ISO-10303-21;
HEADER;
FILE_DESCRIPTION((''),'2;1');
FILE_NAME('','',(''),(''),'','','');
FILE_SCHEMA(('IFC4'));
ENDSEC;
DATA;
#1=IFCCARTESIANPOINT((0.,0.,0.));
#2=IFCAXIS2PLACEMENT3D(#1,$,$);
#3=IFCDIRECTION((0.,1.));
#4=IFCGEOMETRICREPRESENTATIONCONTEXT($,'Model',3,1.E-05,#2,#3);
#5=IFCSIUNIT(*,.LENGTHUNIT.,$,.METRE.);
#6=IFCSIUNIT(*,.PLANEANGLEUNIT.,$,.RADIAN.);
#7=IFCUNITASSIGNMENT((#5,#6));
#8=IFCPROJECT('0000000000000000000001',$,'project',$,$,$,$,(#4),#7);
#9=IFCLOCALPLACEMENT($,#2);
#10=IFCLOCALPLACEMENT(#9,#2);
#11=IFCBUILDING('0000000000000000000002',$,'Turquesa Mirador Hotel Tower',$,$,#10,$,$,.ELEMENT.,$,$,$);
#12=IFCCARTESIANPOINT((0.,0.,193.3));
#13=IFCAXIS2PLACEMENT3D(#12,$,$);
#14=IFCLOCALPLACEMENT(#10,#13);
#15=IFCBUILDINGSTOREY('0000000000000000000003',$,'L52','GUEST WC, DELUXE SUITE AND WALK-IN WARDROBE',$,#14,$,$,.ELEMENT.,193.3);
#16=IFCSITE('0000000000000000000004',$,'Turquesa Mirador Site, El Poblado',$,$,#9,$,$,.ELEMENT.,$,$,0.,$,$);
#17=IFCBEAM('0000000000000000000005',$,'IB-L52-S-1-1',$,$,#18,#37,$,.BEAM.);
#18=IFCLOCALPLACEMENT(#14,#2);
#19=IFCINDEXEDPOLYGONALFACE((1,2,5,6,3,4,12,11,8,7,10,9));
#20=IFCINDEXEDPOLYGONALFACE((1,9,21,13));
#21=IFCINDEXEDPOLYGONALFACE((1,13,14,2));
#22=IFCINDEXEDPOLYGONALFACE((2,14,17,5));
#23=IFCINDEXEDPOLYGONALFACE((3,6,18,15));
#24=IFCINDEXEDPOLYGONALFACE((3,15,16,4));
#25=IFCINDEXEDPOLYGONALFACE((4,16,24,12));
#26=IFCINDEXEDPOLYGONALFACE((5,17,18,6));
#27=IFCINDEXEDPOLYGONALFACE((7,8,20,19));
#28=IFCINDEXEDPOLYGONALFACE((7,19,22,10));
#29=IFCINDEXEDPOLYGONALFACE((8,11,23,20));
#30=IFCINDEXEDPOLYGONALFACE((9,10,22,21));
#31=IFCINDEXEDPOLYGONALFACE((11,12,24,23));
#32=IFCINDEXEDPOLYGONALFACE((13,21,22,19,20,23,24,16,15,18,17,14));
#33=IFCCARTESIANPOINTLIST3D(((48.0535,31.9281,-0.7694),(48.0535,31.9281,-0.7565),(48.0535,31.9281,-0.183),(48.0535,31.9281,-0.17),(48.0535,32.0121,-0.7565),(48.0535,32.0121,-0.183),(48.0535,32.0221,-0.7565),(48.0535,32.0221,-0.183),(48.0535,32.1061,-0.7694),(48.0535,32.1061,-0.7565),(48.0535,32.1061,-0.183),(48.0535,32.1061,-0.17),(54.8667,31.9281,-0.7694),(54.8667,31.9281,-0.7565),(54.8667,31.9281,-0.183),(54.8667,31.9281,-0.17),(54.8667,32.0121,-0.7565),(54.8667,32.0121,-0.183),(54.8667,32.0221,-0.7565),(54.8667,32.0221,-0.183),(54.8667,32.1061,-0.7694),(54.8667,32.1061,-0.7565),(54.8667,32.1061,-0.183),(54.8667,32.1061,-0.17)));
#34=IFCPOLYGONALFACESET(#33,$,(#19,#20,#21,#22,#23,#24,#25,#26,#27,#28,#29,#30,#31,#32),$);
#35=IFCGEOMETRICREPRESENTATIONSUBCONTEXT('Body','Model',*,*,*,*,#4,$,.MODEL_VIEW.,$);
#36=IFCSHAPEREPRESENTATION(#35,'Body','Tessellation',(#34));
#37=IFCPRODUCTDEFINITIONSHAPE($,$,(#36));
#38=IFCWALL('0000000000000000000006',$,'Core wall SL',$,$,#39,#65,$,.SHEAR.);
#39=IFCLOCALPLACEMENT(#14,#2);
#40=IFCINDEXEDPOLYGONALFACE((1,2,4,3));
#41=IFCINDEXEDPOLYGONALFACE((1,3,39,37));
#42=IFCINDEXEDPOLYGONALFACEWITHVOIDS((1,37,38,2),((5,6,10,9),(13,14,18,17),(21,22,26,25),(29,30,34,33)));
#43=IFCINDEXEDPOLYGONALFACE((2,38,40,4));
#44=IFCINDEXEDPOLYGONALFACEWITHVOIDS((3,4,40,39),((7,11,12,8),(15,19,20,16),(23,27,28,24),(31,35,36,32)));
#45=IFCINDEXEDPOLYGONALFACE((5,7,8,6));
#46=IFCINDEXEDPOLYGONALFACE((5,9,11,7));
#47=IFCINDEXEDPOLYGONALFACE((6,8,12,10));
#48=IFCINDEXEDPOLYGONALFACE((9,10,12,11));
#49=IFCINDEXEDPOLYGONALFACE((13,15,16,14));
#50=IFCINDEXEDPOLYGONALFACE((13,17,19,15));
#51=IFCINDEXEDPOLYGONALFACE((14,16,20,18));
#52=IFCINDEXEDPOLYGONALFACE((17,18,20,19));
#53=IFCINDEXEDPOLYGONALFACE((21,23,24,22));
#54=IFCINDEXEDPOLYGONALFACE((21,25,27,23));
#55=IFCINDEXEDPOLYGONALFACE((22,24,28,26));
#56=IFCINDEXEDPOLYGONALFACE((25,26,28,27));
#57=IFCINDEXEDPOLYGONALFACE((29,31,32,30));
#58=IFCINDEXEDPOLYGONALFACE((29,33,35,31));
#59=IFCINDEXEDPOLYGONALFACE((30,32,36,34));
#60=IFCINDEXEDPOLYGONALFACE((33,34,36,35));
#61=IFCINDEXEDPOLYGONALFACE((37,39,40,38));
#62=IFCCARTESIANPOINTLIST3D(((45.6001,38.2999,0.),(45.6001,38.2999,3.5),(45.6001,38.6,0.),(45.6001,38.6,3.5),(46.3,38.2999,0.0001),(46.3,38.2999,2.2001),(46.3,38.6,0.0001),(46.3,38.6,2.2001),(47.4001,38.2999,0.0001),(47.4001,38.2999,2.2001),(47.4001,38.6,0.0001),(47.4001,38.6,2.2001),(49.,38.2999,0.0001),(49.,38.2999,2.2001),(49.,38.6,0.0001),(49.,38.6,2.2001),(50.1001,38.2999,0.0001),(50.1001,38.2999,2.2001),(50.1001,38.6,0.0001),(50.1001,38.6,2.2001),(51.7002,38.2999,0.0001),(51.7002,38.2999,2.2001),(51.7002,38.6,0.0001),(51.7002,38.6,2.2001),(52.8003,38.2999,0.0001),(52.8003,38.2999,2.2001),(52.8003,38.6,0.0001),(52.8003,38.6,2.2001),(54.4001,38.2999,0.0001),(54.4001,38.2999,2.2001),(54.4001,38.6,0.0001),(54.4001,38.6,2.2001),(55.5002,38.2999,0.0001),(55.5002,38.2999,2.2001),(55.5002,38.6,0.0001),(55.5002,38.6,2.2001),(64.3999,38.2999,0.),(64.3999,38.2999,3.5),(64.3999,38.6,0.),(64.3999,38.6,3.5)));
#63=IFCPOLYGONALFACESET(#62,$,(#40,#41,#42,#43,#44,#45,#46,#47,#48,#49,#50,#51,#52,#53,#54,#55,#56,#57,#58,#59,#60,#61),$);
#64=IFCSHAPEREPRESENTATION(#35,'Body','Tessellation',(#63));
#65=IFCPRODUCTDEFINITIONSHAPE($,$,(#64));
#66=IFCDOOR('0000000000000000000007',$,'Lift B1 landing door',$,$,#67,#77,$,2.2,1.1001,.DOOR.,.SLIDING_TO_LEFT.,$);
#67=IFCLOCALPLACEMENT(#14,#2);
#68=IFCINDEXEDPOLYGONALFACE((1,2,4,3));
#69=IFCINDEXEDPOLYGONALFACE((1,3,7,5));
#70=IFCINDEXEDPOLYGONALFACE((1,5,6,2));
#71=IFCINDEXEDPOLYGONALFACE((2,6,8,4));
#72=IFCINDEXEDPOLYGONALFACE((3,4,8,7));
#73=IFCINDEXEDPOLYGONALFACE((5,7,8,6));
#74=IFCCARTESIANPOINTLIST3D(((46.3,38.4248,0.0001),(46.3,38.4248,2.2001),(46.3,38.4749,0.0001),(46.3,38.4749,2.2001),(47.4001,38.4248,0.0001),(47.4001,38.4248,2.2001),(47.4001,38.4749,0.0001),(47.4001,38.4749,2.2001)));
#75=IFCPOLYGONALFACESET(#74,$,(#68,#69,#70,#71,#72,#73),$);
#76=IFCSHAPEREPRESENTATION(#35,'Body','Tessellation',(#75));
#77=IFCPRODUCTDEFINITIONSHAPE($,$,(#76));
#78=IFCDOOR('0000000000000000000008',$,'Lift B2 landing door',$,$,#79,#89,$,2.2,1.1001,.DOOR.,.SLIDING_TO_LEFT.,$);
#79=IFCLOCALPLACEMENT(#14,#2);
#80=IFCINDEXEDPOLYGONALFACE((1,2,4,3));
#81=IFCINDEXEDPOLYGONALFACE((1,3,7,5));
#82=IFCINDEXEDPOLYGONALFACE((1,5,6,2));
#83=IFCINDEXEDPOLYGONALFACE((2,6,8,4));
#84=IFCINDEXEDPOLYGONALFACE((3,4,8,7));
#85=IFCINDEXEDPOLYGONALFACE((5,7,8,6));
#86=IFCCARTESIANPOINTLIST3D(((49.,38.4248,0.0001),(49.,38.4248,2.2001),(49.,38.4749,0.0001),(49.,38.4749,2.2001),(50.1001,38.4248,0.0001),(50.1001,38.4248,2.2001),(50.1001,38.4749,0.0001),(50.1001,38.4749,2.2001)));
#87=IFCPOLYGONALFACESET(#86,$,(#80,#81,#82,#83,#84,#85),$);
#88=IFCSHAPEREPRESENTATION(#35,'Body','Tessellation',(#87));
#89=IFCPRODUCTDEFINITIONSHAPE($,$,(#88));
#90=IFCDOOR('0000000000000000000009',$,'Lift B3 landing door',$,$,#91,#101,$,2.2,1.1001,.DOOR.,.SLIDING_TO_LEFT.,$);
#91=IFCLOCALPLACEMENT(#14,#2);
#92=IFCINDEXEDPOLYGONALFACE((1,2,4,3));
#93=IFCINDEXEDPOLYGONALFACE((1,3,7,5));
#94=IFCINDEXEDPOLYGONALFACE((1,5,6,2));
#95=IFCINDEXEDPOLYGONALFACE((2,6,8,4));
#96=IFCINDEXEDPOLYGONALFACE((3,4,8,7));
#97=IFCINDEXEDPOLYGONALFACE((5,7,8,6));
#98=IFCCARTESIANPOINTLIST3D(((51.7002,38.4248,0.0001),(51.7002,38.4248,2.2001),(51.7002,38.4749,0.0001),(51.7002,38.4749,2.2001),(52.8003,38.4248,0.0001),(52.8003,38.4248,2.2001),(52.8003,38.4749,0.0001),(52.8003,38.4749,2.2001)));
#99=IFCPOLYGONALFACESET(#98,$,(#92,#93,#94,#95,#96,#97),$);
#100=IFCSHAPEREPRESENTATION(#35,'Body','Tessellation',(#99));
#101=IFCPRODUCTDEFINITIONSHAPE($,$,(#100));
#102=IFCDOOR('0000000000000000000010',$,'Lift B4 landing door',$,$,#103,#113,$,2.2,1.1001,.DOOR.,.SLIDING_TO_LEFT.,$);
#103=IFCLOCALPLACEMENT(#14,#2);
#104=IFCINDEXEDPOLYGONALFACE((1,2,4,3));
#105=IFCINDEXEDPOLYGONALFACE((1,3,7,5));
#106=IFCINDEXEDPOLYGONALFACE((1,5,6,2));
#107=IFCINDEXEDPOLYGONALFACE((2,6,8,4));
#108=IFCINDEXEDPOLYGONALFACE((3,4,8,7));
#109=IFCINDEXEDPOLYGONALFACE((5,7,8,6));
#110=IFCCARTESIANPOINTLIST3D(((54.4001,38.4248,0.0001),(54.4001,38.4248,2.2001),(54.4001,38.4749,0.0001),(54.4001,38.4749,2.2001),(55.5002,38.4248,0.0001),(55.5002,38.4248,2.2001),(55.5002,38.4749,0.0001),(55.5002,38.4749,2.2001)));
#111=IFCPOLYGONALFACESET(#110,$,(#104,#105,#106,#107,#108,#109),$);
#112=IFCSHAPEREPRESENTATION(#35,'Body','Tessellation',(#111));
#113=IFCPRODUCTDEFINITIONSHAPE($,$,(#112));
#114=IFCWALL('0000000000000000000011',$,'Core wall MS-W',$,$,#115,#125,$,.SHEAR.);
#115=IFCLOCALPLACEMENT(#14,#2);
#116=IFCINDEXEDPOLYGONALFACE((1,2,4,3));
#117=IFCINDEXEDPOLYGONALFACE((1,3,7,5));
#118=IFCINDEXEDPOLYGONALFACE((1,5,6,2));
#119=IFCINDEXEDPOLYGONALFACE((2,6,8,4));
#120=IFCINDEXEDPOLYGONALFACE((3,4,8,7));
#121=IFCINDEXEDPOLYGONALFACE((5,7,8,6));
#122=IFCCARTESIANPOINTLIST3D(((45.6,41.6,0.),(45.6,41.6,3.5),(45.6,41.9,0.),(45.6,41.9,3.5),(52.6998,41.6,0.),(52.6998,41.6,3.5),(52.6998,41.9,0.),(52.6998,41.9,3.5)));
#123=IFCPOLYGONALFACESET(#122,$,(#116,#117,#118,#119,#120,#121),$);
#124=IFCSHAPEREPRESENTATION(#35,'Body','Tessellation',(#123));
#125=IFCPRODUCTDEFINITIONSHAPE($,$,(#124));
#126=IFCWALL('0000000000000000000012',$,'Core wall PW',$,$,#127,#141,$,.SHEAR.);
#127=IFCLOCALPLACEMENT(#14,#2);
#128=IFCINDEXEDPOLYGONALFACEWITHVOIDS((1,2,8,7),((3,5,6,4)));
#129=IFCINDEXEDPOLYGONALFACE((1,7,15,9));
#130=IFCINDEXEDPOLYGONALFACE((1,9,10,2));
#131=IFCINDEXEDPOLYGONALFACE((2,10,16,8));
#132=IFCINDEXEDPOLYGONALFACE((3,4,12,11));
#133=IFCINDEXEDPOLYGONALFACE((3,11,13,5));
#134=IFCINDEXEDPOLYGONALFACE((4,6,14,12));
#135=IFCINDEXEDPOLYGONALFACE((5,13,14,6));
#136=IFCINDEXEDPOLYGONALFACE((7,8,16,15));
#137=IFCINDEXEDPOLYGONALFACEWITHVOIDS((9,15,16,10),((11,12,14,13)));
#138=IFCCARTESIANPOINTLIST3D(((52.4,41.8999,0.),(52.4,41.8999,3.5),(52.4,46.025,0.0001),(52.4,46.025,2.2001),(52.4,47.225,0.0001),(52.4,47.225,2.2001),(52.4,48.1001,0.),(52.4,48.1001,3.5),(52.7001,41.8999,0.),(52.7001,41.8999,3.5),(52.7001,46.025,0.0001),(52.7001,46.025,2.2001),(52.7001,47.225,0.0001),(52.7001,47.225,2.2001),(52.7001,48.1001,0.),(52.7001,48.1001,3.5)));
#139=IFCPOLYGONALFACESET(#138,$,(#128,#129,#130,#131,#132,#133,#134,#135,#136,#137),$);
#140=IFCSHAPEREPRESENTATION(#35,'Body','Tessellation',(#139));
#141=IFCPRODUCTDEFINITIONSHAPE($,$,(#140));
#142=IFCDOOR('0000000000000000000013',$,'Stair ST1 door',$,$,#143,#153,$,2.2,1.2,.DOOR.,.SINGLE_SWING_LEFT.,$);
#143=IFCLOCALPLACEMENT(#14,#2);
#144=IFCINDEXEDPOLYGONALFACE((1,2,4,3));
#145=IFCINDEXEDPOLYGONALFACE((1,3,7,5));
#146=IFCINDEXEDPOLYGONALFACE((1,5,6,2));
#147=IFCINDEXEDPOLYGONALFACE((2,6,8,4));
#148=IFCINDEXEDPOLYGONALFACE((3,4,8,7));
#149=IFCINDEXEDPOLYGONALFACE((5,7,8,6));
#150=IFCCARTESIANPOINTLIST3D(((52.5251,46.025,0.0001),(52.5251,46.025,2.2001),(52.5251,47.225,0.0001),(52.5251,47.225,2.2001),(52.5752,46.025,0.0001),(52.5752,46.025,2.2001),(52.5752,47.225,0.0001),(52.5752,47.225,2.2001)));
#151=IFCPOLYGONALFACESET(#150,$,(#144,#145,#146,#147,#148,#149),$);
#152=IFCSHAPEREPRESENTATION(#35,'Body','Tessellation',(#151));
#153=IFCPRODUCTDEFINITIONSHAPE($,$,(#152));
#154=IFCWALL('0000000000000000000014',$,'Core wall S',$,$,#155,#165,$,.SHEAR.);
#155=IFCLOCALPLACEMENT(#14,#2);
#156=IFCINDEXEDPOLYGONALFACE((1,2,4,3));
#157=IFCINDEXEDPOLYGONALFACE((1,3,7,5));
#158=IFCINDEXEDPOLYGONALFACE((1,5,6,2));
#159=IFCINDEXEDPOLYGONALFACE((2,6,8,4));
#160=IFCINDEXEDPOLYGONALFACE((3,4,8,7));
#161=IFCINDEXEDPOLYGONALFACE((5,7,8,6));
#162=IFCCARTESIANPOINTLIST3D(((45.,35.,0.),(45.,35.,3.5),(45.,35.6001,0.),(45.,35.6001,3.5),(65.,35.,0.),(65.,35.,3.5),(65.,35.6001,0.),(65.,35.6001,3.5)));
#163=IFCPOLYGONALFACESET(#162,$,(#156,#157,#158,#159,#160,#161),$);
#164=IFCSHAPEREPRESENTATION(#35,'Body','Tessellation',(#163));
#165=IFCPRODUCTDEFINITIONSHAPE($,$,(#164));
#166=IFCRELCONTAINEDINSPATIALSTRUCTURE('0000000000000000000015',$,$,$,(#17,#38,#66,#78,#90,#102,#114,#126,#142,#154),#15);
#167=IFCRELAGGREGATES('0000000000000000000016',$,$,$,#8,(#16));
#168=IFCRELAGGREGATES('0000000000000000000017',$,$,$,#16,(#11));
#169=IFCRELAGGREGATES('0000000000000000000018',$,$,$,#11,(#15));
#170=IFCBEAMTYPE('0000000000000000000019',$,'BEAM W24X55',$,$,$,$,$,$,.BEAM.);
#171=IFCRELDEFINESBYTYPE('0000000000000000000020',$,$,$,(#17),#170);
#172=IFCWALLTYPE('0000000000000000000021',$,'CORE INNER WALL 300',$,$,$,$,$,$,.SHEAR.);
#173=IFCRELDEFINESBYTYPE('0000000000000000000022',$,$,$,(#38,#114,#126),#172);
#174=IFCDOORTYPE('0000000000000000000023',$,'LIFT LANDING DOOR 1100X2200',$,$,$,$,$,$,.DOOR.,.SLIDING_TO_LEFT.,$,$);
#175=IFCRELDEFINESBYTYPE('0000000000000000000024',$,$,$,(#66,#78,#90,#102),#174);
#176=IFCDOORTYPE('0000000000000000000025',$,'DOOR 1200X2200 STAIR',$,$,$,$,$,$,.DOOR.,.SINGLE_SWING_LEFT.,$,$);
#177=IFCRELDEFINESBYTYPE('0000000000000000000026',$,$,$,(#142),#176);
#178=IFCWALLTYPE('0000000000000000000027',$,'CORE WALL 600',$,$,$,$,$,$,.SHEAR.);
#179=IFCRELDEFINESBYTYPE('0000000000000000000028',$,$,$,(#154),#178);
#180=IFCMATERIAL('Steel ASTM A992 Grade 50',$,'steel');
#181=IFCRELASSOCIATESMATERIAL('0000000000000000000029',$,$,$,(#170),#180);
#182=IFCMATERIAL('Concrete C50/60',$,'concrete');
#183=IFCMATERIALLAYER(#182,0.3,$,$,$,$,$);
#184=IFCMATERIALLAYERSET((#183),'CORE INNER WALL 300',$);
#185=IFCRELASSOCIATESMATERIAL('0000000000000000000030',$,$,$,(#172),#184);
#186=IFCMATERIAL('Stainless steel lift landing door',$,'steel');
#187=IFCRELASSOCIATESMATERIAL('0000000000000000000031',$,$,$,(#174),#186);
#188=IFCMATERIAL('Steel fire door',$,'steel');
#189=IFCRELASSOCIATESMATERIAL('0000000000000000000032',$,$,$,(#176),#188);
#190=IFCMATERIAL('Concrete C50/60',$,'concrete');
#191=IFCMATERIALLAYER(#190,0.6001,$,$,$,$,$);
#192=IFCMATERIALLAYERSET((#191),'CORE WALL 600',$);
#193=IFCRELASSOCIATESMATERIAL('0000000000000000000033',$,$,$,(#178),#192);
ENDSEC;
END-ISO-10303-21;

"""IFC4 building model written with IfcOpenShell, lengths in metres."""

from ifc_helpers import new_model, si_unit, direction, frame, frame_2d, origin, origin_2d, place, context, subcontext, project, spatial, rectangle, i_section, extrude, material, layer, layer_set, material_profile, profile_set, type_object, element, fill, save


model = new_model("IFC4")

# Units and contexts
model_context = context("Model", 3, precision=1e-05, world=origin(), true_north=direction((0.0, 1.0)))
body_context = subcontext(model_context, "Body", "Model", "MODEL_VIEW")
ifc_project = project(units=[si_unit("LENGTHUNIT", "METRE"), si_unit("PLANEANGLEUNIT", "RADIAN")], contexts=[model_context])

# Site, building, storey
site_placement = place(None, origin())
site = spatial("IfcSite", under=ifc_project, at=site_placement, Name="Turquesa Mirador Site, El Poblado", CompositionType="ELEMENT", RefElevation=0.0)
building_placement = place(site_placement, origin())
building = spatial("IfcBuilding", under=site, at=building_placement, Name="Turquesa Mirador Hotel Tower", CompositionType="ELEMENT")
storey_placement = place(building_placement, frame((0.0, 0.0, 193.3)))
storey = spatial("IfcBuildingStorey", under=building, at=storey_placement, Name="L52", Description="GUEST WC, DELUXE SUITE AND WALK-IN WARDROBE", CompositionType="ELEMENT", Elevation=193.3)

# Beam
ifc_material_1 = material(Name="Steel ASTM A992 Grade 50", Category="steel")
ifc_material_profile = material_profile(ifc_material_1, i_section(OverallWidth=0.178, OverallDepth=0.5994, WebThickness=0.01, FlangeThickness=0.0129, at=origin_2d()), Name="W24X55")
ifc_profile_set = profile_set([ifc_material_profile], Name="Steel ASTM A992 Grade 50")
beam_type = type_object("IfcBeamType", Name="BEAM W24X55", PredefinedType="BEAM", material=ifc_profile_set)
beam_placement = place(storey_placement, frame((48.0535, 32.0171, -0.4697), z_axis=(1.0, 0.0, 0.0), x_axis=(0.0, 1.0, 0.0)))
element("IfcBeam", 1, at=beam_placement, inside=storey, type_object=beam_type, Name="IB-L52-S-1-1", PredefinedType="BEAM", context=body_context, shape_type="SweptSolid", body=[
    extrude(i_section(OverallWidth=0.178, OverallDepth=0.5994, WebThickness=0.01, FlangeThickness=0.0129, at=origin_2d()), origin(), (0.0, 0.0, 1.0), 6.8132),
])

# Wall, openings, doors
ifc_material_2 = material(Name="Concrete C50/60", Category="concrete")
ifc_layer_1 = layer(ifc_material_2, 0.3)
ifc_layer_set_1 = layer_set([ifc_layer_1], Name="CORE INNER WALL 300")
wall_type_1 = type_object("IfcWallType", Name="CORE INNER WALL 300", PredefinedType="SHEAR", material=ifc_layer_set_1)
wall_1_placement = place(storey_placement, frame((45.6001, 38.45, 0.0), z_axis=(0.0, 0.0, 1.0), x_axis=(1.0, 0.0, 0.0)))
wall_1 = element("IfcWall", 2, at=wall_1_placement, inside=storey, type_object=wall_type_1, Name="Core wall SL", PredefinedType="SHEAR", context=body_context, shape_type="SweptSolid", body=[
    extrude(rectangle(XDim=18.7998, YDim=0.3, at=frame_2d((9.3999, 0.0))), origin(), (0.0, 0.0, 1.0), 3.5),
])
opening_1_placement = place(wall_1_placement, frame((0.7, 0.0, 0.0)))
opening_1 = element("IfcOpeningElement", 3, at=opening_1_placement, cuts=wall_1, PredefinedType="OPENING", context=body_context, shape_type="SweptSolid", body=[
    extrude(rectangle(XDim=1.1001, YDim=2.2, at=frame_2d((0.55, 1.1001))), frame((0.0, 0.1599, 0.0), z_axis=(0.0, -1.0, 0.0), x_axis=(1.0, 0.0, 0.0)), (0.0, 0.0, 1.0), 0.3201),
])
opening_2_placement = place(wall_1_placement, frame((3.3999, 0.0, 0.0)))
opening_2 = element("IfcOpeningElement", 4, at=opening_2_placement, cuts=wall_1, PredefinedType="OPENING", context=body_context, shape_type="SweptSolid", body=[
    extrude(rectangle(XDim=1.1001, YDim=2.2, at=frame_2d((0.55, 1.1001))), frame((0.0, 0.1599, 0.0), z_axis=(0.0, -1.0, 0.0), x_axis=(1.0, 0.0, 0.0)), (0.0, 0.0, 1.0), 0.3201),
])
opening_3_placement = place(wall_1_placement, frame((6.1001, 0.0, 0.0)))
opening_3 = element("IfcOpeningElement", 5, at=opening_3_placement, cuts=wall_1, PredefinedType="OPENING", context=body_context, shape_type="SweptSolid", body=[
    extrude(rectangle(XDim=1.1001, YDim=2.2, at=frame_2d((0.55, 1.1001))), frame((0.0, 0.1599, 0.0), z_axis=(0.0, -1.0, 0.0), x_axis=(1.0, 0.0, 0.0)), (0.0, 0.0, 1.0), 0.3201),
])
opening_4_placement = place(wall_1_placement, frame((8.8, 0.0, 0.0)))
opening_4 = element("IfcOpeningElement", 6, at=opening_4_placement, cuts=wall_1, PredefinedType="OPENING", context=body_context, shape_type="SweptSolid", body=[
    extrude(rectangle(XDim=1.1001, YDim=2.2, at=frame_2d((0.55, 1.1001))), frame((0.0, 0.1599, 0.0), z_axis=(0.0, -1.0, 0.0), x_axis=(1.0, 0.0, 0.0)), (0.0, 0.0, 1.0), 0.3201),
])
ifc_material_3 = material(Name="Stainless steel lift landing door", Category="steel")
door_type_1 = type_object("IfcDoorType", Name="LIFT LANDING DOOR 1100X2200", OperationType="SLIDING_TO_LEFT", PredefinedType="DOOR", material=ifc_material_3)
door_1_placement = place(opening_1_placement, origin())
door_1 = element("IfcDoor", 7, at=door_1_placement, inside=storey, type_object=door_type_1, Name="Lift B1 landing door", OperationType="SLIDING_TO_LEFT", OverallHeight=2.2, OverallWidth=1.1001, PredefinedType="DOOR", context=body_context, shape_type="SweptSolid", body=[
    extrude(rectangle(XDim=1.1001, YDim=2.2, at=frame_2d((0.55, 1.1001))), frame((0.0, 0.0249, 0.0), z_axis=(0.0, -1.0, 0.0), x_axis=(1.0, 0.0, 0.0)), (0.0, 0.0, 1.0), 0.05),
])
fill(opening_1, door_1)
door_2_placement = place(opening_2_placement, origin())
door_2 = element("IfcDoor", 8, at=door_2_placement, inside=storey, type_object=door_type_1, Name="Lift B2 landing door", OperationType="SLIDING_TO_LEFT", OverallHeight=2.2, OverallWidth=1.1001, PredefinedType="DOOR", context=body_context, shape_type="SweptSolid", body=[
    extrude(rectangle(XDim=1.1001, YDim=2.2, at=frame_2d((0.55, 1.1001))), frame((0.0, 0.0249, 0.0), z_axis=(0.0, -1.0, 0.0), x_axis=(1.0, 0.0, 0.0)), (0.0, 0.0, 1.0), 0.05),
])
fill(opening_2, door_2)
door_3_placement = place(opening_3_placement, origin())
door_3 = element("IfcDoor", 9, at=door_3_placement, inside=storey, type_object=door_type_1, Name="Lift B3 landing door", OperationType="SLIDING_TO_LEFT", OverallHeight=2.2, OverallWidth=1.1001, PredefinedType="DOOR", context=body_context, shape_type="SweptSolid", body=[
    extrude(rectangle(XDim=1.1001, YDim=2.2, at=frame_2d((0.55, 1.1001))), frame((0.0, 0.0249, 0.0), z_axis=(0.0, -1.0, 0.0), x_axis=(1.0, 0.0, 0.0)), (0.0, 0.0, 1.0), 0.05),
])
fill(opening_3, door_3)
door_4_placement = place(opening_4_placement, origin())
door_4 = element("IfcDoor", 10, at=door_4_placement, inside=storey, type_object=door_type_1, Name="Lift B4 landing door", OperationType="SLIDING_TO_LEFT", OverallHeight=2.2, OverallWidth=1.1001, PredefinedType="DOOR", context=body_context, shape_type="SweptSolid", body=[
    extrude(rectangle(XDim=1.1001, YDim=2.2, at=frame_2d((0.55, 1.1001))), frame((0.0, 0.0249, 0.0), z_axis=(0.0, -1.0, 0.0), x_axis=(1.0, 0.0, 0.0)), (0.0, 0.0, 1.0), 0.05),
])
fill(opening_4, door_4)

# Wall
wall_2_placement = place(storey_placement, frame((45.6001, 41.75, 0.0), z_axis=(0.0, 0.0, 1.0), x_axis=(1.0, 0.0, 0.0)))
element("IfcWall", 11, at=wall_2_placement, inside=storey, type_object=wall_type_1, Name="Core wall MS-W", PredefinedType="SHEAR", context=body_context, shape_type="SweptSolid", body=[
    extrude(rectangle(XDim=7.0999, YDim=0.3, at=frame_2d((3.5498, 0.0))), origin(), (0.0, 0.0, 1.0), 3.5),
])

# Wall, opening, door
wall_3_placement = place(storey_placement, frame((52.55, 41.8999, 0.0), z_axis=(0.0, 0.0, 1.0), x_axis=(0.0, 1.0, 0.0)))
wall_3 = element("IfcWall", 12, at=wall_3_placement, inside=storey, type_object=wall_type_1, Name="Core wall PW", PredefinedType="SHEAR", context=body_context, shape_type="SweptSolid", body=[
    extrude(rectangle(XDim=6.2002, YDim=0.3, at=frame_2d((3.1001, 0.0))), origin(), (0.0, 0.0, 1.0), 3.5),
])
opening_5_placement = place(wall_3_placement, frame((4.125, 0.0, 0.0)))
opening_5 = element("IfcOpeningElement", 13, at=opening_5_placement, cuts=wall_3, PredefinedType="OPENING", context=body_context, shape_type="SweptSolid", body=[
    extrude(rectangle(XDim=1.2, YDim=2.2, at=frame_2d((0.6001, 1.1001))), frame((0.0, 0.1599, 0.0), z_axis=(0.0, -1.0, 0.0), x_axis=(1.0, 0.0, 0.0)), (0.0, 0.0, 1.0), 0.3201),
])
ifc_material_4 = material(Name="Steel fire door", Category="steel")
door_type_2 = type_object("IfcDoorType", Name="DOOR 1200X2200 STAIR", OperationType="SINGLE_SWING_LEFT", PredefinedType="DOOR", material=ifc_material_4)
door_5_placement = place(opening_5_placement, origin())
door_5 = element("IfcDoor", 14, at=door_5_placement, inside=storey, type_object=door_type_2, Name="Stair ST1 door", OperationType="SINGLE_SWING_LEFT", OverallHeight=2.2, OverallWidth=1.2, PredefinedType="DOOR", context=body_context, shape_type="SweptSolid", body=[
    extrude(rectangle(XDim=1.2, YDim=2.2, at=frame_2d((0.6001, 1.1001))), frame((0.0, 0.0249, 0.0), z_axis=(0.0, -1.0, 0.0), x_axis=(1.0, 0.0, 0.0)), (0.0, 0.0, 1.0), 0.05),
])
fill(opening_5, door_5)

# Wall
ifc_material_5 = material(Name="Concrete C50/60", Category="concrete")
ifc_layer_2 = layer(ifc_material_5, 0.6001)
ifc_layer_set_2 = layer_set([ifc_layer_2], Name="CORE WALL 600")
wall_type_2 = type_object("IfcWallType", Name="CORE WALL 600", PredefinedType="SHEAR", material=ifc_layer_set_2)
wall_4_placement = place(storey_placement, frame((45.0, 35.3, 0.0), z_axis=(0.0, 0.0, 1.0), x_axis=(1.0, 0.0, 0.0)))
element("IfcWall", 15, at=wall_4_placement, inside=storey, type_object=wall_type_2, Name="Core wall S", PredefinedType="SHEAR", context=body_context, shape_type="SweptSolid", body=[
    extrude(rectangle(XDim=20.0, YDim=0.6001, at=frame_2d((10.0, 0.0))), origin(), (0.0, 0.0, 1.0), 3.5),
])

save(model, "model.ifc")
